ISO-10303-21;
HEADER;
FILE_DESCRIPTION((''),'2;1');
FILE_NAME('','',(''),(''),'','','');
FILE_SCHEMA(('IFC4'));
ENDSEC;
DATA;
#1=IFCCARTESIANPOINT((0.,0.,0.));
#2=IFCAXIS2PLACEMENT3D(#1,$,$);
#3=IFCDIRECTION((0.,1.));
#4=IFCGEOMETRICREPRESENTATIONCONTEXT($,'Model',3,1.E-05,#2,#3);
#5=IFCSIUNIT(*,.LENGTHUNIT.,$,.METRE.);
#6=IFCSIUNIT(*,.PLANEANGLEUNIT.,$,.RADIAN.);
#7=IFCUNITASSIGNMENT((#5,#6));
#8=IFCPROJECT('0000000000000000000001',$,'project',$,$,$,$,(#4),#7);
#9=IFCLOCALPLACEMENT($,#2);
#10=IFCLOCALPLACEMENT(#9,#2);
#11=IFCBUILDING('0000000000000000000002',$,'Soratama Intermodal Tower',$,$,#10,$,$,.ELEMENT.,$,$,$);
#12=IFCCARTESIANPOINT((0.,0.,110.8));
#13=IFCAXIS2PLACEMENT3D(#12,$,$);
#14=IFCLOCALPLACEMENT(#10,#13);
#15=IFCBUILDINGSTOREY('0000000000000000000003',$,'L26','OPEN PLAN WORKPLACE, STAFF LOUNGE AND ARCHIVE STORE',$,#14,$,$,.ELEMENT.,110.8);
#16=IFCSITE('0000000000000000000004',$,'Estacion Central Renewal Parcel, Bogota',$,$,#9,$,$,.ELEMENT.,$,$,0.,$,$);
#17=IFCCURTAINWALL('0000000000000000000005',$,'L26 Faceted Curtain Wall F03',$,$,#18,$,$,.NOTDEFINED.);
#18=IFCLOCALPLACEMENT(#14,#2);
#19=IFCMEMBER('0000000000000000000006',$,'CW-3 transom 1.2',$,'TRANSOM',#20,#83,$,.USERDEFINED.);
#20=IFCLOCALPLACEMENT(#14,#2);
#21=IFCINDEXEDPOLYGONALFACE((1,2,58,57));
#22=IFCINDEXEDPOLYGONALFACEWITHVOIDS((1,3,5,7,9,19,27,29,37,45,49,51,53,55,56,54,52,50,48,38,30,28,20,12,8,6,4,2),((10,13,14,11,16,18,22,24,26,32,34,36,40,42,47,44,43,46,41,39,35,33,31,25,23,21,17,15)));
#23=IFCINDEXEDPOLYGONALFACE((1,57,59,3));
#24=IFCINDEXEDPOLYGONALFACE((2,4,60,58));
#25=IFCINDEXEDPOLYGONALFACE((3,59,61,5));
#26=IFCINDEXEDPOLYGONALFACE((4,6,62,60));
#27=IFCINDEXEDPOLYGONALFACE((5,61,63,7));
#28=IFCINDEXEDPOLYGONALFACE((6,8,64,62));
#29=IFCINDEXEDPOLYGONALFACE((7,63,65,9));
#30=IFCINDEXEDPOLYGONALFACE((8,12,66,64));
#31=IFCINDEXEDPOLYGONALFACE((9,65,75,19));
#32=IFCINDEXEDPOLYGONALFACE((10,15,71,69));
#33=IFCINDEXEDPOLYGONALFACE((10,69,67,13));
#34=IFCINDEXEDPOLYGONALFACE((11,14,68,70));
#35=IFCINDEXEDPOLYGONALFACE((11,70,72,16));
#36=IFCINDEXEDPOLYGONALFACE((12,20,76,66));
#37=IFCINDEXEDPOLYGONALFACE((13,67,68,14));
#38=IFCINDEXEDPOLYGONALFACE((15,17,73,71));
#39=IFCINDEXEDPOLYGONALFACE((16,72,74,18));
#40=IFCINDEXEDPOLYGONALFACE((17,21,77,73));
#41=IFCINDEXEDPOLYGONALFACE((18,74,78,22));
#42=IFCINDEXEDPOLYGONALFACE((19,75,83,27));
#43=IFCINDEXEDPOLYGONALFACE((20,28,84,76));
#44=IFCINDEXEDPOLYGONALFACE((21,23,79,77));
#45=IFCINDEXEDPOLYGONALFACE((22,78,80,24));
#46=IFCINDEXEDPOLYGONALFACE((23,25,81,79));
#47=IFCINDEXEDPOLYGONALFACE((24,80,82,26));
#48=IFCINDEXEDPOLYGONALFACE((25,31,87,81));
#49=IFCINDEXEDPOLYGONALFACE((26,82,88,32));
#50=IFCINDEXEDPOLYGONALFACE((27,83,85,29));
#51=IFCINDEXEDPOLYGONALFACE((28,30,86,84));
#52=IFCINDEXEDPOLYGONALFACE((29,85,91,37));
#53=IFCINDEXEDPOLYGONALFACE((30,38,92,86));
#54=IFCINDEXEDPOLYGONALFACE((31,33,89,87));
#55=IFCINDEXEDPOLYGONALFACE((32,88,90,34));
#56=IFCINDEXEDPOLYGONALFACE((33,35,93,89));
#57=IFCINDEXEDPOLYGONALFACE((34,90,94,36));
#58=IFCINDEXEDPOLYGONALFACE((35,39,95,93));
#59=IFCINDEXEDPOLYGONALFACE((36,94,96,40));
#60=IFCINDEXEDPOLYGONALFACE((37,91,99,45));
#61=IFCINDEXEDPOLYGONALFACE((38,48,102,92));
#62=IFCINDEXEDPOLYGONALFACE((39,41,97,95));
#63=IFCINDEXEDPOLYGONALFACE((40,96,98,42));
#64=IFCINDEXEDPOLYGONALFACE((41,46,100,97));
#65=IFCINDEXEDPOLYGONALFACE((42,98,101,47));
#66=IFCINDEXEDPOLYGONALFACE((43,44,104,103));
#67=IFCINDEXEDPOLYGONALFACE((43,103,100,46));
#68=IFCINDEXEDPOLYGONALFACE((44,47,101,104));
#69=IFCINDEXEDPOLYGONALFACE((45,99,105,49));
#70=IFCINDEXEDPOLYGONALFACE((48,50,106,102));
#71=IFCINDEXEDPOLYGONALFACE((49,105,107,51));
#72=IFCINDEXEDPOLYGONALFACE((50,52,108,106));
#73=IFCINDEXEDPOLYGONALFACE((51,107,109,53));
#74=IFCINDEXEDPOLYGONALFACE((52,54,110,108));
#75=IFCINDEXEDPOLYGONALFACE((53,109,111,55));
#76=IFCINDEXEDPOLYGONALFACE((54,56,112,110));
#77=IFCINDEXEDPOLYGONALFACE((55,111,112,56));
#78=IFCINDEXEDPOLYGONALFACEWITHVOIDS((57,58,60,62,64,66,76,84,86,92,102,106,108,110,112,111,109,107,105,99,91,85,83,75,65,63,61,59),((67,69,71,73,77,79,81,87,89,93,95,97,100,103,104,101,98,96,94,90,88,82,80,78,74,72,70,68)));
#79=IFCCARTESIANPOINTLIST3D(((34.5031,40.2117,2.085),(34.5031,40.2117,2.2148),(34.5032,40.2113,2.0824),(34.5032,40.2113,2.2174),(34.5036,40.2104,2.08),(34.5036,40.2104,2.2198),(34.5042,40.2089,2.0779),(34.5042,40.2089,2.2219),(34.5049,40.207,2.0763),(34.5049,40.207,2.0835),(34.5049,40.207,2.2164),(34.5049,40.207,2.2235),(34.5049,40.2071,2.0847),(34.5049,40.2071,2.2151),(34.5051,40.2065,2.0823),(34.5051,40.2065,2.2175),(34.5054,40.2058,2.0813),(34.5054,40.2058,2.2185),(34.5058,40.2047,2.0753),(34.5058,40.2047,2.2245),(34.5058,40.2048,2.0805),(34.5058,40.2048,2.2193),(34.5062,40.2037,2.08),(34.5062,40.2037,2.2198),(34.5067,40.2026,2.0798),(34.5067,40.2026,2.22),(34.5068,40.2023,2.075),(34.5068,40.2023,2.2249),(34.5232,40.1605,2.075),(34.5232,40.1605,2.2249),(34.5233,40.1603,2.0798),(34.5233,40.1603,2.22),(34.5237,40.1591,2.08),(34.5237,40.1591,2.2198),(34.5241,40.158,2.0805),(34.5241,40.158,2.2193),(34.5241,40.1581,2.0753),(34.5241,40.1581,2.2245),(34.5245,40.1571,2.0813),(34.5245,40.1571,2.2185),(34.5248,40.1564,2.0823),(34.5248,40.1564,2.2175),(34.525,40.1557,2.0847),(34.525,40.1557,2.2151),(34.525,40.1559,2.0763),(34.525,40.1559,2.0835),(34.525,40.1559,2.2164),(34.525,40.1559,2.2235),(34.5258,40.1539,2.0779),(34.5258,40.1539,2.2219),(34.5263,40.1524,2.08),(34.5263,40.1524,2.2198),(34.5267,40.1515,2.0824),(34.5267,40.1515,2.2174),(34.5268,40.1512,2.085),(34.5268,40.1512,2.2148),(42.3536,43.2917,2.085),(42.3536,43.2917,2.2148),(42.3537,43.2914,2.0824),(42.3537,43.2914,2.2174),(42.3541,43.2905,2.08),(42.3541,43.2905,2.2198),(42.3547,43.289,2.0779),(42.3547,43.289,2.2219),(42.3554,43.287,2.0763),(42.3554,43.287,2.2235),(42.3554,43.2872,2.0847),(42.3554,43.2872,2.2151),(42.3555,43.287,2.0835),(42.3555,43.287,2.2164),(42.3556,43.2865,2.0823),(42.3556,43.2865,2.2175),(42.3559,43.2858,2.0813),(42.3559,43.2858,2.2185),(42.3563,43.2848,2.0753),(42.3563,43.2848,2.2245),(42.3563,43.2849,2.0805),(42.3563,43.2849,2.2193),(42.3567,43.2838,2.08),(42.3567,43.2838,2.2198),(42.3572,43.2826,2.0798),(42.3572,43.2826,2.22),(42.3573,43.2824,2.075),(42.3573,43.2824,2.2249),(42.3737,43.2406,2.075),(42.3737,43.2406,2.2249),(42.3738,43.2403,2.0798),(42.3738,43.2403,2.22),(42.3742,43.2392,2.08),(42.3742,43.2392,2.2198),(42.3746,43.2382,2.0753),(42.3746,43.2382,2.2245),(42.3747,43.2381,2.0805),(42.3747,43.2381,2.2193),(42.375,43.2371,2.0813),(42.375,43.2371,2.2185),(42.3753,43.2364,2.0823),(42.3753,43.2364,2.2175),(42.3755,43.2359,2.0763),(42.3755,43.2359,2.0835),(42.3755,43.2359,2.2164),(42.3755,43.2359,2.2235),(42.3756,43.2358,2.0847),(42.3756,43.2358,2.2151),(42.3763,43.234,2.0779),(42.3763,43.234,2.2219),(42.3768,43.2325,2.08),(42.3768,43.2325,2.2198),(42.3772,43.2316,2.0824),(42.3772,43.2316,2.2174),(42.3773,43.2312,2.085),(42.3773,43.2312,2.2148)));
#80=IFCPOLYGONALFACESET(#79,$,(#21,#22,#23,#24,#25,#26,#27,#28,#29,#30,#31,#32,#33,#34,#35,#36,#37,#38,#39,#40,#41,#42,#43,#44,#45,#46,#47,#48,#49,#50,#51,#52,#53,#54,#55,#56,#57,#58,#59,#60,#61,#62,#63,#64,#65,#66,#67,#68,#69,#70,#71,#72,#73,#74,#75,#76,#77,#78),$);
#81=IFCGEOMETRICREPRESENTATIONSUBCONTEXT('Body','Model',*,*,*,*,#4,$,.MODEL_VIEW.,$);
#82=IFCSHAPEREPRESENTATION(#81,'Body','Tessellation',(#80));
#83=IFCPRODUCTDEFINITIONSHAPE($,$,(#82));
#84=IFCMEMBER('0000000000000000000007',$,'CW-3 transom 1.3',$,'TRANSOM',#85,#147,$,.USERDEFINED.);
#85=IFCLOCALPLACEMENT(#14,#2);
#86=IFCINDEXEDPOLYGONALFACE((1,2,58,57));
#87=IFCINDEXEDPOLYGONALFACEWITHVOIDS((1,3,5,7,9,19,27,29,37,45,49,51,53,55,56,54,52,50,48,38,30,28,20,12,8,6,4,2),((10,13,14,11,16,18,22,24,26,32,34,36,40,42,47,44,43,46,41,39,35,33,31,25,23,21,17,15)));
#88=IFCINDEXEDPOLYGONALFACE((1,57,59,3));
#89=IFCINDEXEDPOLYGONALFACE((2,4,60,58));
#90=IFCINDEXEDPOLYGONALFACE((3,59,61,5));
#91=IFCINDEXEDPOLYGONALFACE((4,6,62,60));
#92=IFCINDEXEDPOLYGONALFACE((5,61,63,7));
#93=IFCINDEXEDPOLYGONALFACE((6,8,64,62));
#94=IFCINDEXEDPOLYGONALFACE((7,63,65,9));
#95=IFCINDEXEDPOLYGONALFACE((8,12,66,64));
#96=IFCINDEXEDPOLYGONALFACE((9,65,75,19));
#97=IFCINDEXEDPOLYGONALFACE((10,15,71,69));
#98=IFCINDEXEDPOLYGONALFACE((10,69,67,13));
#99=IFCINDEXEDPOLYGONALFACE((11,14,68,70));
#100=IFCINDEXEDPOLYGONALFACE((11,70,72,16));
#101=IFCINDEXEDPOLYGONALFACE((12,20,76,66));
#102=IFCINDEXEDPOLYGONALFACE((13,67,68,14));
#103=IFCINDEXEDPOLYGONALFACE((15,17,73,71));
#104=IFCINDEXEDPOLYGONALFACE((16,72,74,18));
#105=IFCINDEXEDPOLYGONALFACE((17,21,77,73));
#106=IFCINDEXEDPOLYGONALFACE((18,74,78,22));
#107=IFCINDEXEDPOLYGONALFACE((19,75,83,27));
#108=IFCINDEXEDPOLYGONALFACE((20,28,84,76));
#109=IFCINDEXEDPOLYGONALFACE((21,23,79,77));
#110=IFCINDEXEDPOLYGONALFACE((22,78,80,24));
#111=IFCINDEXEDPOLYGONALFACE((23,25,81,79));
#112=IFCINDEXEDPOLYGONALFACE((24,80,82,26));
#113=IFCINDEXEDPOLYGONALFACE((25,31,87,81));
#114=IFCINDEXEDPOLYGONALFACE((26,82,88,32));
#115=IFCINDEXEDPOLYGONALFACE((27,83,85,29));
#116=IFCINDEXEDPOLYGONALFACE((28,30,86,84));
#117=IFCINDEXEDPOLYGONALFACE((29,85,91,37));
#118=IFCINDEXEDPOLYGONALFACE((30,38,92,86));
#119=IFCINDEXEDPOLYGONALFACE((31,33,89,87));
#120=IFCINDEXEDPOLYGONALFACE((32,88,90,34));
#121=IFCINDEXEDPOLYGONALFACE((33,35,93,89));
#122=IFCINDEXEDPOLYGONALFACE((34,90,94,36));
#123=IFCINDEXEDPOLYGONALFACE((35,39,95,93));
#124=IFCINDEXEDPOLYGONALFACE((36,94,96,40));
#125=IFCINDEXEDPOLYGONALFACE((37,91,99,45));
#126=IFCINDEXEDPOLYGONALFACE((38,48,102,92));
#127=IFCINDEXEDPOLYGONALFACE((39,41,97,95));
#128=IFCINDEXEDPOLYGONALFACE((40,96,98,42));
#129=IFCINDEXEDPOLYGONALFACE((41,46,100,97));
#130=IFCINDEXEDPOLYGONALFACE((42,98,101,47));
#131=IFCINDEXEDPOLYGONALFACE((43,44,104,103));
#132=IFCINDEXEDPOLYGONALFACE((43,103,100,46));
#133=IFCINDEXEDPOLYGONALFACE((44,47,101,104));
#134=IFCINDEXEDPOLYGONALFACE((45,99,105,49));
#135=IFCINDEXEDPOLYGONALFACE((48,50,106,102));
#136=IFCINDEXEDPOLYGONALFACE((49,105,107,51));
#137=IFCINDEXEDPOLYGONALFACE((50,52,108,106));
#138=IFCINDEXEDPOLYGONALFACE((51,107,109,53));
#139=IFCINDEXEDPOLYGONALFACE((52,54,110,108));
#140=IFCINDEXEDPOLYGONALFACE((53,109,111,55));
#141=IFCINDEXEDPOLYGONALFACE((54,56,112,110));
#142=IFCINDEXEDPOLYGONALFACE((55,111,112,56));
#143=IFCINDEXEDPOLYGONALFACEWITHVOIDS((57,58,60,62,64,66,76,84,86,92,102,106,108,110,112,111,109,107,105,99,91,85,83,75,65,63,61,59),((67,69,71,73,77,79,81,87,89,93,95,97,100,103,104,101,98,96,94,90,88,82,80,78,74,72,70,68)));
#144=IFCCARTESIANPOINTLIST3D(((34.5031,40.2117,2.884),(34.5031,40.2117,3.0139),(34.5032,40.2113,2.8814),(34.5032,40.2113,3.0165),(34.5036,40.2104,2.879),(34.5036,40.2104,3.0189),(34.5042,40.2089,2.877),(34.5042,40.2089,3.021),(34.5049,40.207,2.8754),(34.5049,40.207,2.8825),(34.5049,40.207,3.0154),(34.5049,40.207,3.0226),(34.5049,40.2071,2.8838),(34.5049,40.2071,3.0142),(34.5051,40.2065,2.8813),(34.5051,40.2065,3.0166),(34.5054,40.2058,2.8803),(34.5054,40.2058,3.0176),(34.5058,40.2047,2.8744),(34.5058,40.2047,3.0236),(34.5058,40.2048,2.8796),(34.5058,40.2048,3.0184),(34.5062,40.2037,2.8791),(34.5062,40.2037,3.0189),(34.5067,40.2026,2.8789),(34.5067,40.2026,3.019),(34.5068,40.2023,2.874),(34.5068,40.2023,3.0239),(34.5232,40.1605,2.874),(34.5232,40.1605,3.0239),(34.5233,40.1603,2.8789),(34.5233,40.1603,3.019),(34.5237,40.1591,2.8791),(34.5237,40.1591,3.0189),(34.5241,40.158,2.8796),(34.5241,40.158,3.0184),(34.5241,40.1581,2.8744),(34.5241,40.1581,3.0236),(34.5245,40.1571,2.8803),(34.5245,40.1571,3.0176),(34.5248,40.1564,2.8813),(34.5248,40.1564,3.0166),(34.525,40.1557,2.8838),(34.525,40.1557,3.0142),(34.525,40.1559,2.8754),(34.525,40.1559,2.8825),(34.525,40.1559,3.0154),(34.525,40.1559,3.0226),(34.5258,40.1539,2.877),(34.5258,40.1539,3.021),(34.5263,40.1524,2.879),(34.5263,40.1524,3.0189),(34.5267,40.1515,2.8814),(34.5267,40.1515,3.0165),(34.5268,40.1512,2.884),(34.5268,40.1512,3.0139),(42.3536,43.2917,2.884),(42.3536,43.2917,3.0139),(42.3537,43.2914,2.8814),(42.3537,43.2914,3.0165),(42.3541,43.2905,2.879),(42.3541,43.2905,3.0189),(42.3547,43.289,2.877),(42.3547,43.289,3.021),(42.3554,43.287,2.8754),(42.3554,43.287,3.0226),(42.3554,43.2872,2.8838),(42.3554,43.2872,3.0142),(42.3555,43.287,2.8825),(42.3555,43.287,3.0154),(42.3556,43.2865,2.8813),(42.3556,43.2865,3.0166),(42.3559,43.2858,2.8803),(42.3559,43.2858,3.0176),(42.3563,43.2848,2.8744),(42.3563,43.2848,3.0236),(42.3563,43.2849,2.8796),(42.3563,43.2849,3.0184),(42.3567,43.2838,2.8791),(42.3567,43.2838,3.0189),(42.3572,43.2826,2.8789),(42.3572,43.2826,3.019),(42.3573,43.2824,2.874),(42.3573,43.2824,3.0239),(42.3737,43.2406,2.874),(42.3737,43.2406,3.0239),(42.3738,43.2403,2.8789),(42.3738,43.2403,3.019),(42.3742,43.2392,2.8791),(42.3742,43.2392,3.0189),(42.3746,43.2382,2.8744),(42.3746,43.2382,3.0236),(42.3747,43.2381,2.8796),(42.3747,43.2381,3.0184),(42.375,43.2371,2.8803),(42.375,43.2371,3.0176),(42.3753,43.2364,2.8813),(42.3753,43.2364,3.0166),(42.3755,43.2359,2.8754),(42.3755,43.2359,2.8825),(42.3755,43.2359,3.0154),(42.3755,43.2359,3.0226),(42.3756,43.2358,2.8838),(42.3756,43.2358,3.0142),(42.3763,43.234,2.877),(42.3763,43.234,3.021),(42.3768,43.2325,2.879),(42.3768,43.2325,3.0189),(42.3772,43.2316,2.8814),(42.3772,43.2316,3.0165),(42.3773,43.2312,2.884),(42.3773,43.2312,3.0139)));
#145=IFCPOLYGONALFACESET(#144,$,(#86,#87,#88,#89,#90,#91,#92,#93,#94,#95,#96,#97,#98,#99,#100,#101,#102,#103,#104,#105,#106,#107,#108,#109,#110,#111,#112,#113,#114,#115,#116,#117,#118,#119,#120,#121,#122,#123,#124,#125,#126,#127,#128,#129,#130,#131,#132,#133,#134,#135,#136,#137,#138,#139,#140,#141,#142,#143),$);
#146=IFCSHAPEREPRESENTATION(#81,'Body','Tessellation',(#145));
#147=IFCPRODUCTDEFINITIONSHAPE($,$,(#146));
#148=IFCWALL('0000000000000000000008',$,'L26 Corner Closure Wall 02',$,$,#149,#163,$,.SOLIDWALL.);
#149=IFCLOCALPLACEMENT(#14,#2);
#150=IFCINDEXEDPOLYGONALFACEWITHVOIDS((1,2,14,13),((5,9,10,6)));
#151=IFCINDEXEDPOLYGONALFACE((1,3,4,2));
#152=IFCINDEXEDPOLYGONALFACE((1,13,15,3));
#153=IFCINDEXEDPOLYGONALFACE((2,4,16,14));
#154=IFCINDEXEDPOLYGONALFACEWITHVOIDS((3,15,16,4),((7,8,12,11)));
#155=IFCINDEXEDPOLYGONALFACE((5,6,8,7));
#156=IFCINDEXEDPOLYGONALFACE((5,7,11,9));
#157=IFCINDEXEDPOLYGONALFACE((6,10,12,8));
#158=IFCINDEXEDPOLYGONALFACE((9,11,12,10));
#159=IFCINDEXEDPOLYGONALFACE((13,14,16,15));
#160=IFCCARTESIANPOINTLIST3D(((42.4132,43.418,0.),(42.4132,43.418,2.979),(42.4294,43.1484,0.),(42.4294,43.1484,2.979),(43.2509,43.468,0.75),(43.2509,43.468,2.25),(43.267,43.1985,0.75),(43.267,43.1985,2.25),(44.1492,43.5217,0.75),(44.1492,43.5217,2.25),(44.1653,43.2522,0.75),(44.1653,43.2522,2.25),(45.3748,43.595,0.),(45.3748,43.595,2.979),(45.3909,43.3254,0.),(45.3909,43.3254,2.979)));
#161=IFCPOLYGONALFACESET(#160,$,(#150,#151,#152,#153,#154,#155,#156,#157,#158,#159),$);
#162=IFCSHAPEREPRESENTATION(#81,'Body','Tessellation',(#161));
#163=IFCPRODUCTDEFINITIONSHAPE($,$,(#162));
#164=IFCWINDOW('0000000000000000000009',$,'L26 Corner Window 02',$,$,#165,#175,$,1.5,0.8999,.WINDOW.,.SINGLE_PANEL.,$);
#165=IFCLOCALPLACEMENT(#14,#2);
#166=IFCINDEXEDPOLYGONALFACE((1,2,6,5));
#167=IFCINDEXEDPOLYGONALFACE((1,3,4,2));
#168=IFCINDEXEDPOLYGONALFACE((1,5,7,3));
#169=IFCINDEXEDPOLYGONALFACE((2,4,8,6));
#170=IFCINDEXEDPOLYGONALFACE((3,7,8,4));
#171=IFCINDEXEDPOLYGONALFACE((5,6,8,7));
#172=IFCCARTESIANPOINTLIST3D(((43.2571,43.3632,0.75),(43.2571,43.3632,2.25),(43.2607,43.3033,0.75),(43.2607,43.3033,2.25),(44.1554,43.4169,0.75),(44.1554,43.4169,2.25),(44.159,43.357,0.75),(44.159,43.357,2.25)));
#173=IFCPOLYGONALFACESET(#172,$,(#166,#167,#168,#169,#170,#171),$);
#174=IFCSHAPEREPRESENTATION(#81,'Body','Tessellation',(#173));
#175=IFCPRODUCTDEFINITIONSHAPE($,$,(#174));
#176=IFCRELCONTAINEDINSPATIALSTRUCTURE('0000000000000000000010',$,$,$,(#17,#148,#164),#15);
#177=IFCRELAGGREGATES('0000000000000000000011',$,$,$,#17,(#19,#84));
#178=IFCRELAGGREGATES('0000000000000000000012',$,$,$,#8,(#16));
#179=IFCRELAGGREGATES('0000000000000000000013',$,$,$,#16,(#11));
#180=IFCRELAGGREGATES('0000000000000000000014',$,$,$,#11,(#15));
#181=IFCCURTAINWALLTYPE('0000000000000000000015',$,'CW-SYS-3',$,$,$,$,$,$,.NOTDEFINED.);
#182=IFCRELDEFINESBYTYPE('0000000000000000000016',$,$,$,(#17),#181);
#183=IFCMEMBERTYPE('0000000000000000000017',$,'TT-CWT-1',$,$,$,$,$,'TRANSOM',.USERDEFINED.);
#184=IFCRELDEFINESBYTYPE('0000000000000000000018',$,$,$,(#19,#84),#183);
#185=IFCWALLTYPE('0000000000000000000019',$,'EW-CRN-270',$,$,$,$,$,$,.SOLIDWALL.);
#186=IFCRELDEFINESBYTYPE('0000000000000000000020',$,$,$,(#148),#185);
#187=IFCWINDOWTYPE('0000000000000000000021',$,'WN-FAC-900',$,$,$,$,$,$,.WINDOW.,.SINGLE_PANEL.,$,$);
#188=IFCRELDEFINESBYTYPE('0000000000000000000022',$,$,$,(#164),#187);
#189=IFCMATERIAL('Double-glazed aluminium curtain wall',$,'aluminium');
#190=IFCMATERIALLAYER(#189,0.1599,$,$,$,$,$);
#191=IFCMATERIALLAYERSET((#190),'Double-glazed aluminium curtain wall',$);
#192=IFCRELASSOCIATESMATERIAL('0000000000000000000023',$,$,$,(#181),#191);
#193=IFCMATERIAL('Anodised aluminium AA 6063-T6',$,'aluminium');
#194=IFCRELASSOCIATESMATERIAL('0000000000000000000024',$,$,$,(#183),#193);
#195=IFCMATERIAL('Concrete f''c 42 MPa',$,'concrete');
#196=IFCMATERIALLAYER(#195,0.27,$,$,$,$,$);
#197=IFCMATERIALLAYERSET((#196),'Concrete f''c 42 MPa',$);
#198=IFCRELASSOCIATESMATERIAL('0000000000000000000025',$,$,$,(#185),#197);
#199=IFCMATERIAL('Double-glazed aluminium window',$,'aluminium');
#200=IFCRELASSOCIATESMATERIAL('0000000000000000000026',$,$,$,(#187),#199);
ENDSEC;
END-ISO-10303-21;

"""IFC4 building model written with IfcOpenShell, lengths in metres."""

from ifc_helpers import new_model, si_unit, direction, frame, frame_2d, origin, origin_2d, place, context, subcontext, project, spatial, rectangle, hollow_rectangle, extrude, material, layer, layer_set, material_profile, profile_set, type_object, element, fill, aggregate, save


model = new_model("IFC4")

# Units and contexts
model_context = context("Model", 3, precision=1e-05, world=origin(), true_north=direction((0.0, 1.0)))
body_context = subcontext(model_context, "Body", "Model", "MODEL_VIEW")
ifc_project = project(units=[si_unit("LENGTHUNIT", "METRE"), si_unit("PLANEANGLEUNIT", "RADIAN")], contexts=[model_context])

# Site, building, storey
site_placement = place(None, origin())
site = spatial("IfcSite", under=ifc_project, at=site_placement, Name="Estacion Central Renewal Parcel, Bogota", CompositionType="ELEMENT", RefElevation=0.0)
building_placement = place(site_placement, origin())
building = spatial("IfcBuilding", under=site, at=building_placement, Name="Soratama Intermodal Tower", CompositionType="ELEMENT")
storey_placement = place(building_placement, frame((0.0, 0.0, 110.8)))
storey = spatial("IfcBuildingStorey", under=building, at=storey_placement, Name="L26", Description="OPEN PLAN WORKPLACE, STAFF LOUNGE AND ARCHIVE STORE", CompositionType="ELEMENT", Elevation=110.8)

# Curtain wall, members
ifc_material_1 = material(Name="Double-glazed aluminium curtain wall", Category="aluminium")
ifc_layer_1 = layer(ifc_material_1, 0.1599)
ifc_layer_set_1 = layer_set([ifc_layer_1], Name="Double-glazed aluminium curtain wall")
curtain_wall_type = type_object("IfcCurtainWallType", Name="CW-SYS-3", PredefinedType="NOTDEFINED", material=ifc_layer_set_1)
curtain_wall_placement = place(storey_placement, origin())
curtain_wall = element("IfcCurtainWall", 1, at=curtain_wall_placement, inside=storey, type_object=curtain_wall_type, Name="L26 Faceted Curtain Wall F03", PredefinedType="NOTDEFINED")
ifc_material_2 = material(Name="Anodised aluminium AA 6063-T6", Category="aluminium")
ifc_material_profile_1 = material_profile(ifc_material_2, hollow_rectangle(XDim=0.0649, YDim=0.1499, WallThickness=0.0049, InnerFilletRadius=0.0049, OuterFilletRadius=0.01, at=origin_2d()), Name="CWT150X65X5")
ifc_profile_set_1 = profile_set([ifc_material_profile_1], Name="Anodised aluminium AA 6063-T6")
member_type_1 = type_object("IfcMemberType", Name="TT-CWT-1", ElementType="TRANSOM", PredefinedType="USERDEFINED", material=ifc_profile_set_1)
member_1_placement = place(storey_placement, frame((42.3655, 43.2615, 2.1499), z_axis=(-0.930916, -0.365233, 0.0), x_axis=(0.365233, -0.930916, 0.0)))
member_1 = element("IfcMember", 2, at=member_1_placement, type_object=member_type_1, Name="CW-3 transom 1.2", ObjectType="TRANSOM", PredefinedType="USERDEFINED", context=body_context, shape_type="SweptSolid", body=[
    extrude(hollow_rectangle(XDim=0.0649, YDim=0.1499, WallThickness=0.0049, InnerFilletRadius=0.0049, OuterFilletRadius=0.01, at=origin_2d()), origin(), (0.0, 0.0, 1.0), 8.4331),
])
member_2_placement = place(storey_placement, frame((42.3655, 43.2615, 2.949), z_axis=(-0.930916, -0.365233, 0.0), x_axis=(0.365233, -0.930916, 0.0)))
member_2 = element("IfcMember", 3, at=member_2_placement, type_object=member_type_1, Name="CW-3 transom 1.3", ObjectType="TRANSOM", PredefinedType="USERDEFINED", context=body_context, shape_type="SweptSolid", body=[
    extrude(hollow_rectangle(XDim=0.0649, YDim=0.1499, WallThickness=0.0049, InnerFilletRadius=0.0049, OuterFilletRadius=0.01, at=origin_2d()), origin(), (0.0, 0.0, 1.0), 8.4331),
])
aggregate(curtain_wall, [member_1, member_2])

# Wall, opening, window
ifc_material_3 = material(Name="Concrete f'c 42 MPa", Category="concrete")
ifc_layer_2 = layer(ifc_material_3, 0.27)
ifc_layer_set_2 = layer_set([ifc_layer_2], Name="Concrete f'c 42 MPa")
wall_type_1 = type_object("IfcWallType", Name="EW-CRN-270", PredefinedType="SOLIDWALL", material=ifc_layer_set_2)
wall_1_placement = place(storey_placement, frame((45.3828, 43.4602, 0.0), z_axis=(0.0, 0.0, 1.0), x_axis=(-0.998219, -0.059663, 0.0)))
wall_1 = element("IfcWall", 4, at=wall_1_placement, inside=storey, type_object=wall_type_1, Name="L26 Corner Closure Wall 02", PredefinedType="SOLIDWALL", context=body_context, shape_type="SweptSolid", body=[
    extrude(rectangle(XDim=2.9668, YDim=0.27, at=frame_2d((1.4834, 0.0))), origin(), (0.0, 0.0, 1.0), 2.979),
])
opening_1_placement = place(wall_1_placement, frame((1.2278, 0.0, 0.75)))
opening_1 = element("IfcOpeningElement", 5, at=opening_1_placement, cuts=wall_1, PredefinedType="OPENING", context=body_context, shape_type="SweptSolid", body=[
    extrude(rectangle(XDim=0.8999, YDim=1.5, at=frame_2d((0.45, 0.75))), frame((0.0, 0.145, 0.0), z_axis=(0.0, -1.0, 0.0), x_axis=(1.0, 0.0, 0.0)), (0.0, 0.0, 1.0), 0.29),
])
ifc_material_4 = material(Name="Double-glazed aluminium window", Category="aluminium")
window_type = type_object("IfcWindowType", Name="WN-FAC-900", PartitioningType="SINGLE_PANEL", PredefinedType="WINDOW", material=ifc_material_4)
window_placement = place(opening_1_placement, origin())
window = element("IfcWindow", 6, at=window_placement, inside=storey, type_object=window_type, Name="L26 Corner Window 02", OverallHeight=1.5, OverallWidth=0.8999, PartitioningType="SINGLE_PANEL", PredefinedType="WINDOW", context=body_context, shape_type="SweptSolid", body=[
    extrude(rectangle(XDim=0.8999, YDim=1.5, at=frame_2d((0.45, 0.75))), frame((0.0, 0.03, 0.0), z_axis=(0.0, -1.0, 0.0), x_axis=(1.0, 0.0, 0.0)), (0.0, 0.0, 1.0), 0.0601),
])
fill(opening_1, window)

save(model, "model.ifc")
